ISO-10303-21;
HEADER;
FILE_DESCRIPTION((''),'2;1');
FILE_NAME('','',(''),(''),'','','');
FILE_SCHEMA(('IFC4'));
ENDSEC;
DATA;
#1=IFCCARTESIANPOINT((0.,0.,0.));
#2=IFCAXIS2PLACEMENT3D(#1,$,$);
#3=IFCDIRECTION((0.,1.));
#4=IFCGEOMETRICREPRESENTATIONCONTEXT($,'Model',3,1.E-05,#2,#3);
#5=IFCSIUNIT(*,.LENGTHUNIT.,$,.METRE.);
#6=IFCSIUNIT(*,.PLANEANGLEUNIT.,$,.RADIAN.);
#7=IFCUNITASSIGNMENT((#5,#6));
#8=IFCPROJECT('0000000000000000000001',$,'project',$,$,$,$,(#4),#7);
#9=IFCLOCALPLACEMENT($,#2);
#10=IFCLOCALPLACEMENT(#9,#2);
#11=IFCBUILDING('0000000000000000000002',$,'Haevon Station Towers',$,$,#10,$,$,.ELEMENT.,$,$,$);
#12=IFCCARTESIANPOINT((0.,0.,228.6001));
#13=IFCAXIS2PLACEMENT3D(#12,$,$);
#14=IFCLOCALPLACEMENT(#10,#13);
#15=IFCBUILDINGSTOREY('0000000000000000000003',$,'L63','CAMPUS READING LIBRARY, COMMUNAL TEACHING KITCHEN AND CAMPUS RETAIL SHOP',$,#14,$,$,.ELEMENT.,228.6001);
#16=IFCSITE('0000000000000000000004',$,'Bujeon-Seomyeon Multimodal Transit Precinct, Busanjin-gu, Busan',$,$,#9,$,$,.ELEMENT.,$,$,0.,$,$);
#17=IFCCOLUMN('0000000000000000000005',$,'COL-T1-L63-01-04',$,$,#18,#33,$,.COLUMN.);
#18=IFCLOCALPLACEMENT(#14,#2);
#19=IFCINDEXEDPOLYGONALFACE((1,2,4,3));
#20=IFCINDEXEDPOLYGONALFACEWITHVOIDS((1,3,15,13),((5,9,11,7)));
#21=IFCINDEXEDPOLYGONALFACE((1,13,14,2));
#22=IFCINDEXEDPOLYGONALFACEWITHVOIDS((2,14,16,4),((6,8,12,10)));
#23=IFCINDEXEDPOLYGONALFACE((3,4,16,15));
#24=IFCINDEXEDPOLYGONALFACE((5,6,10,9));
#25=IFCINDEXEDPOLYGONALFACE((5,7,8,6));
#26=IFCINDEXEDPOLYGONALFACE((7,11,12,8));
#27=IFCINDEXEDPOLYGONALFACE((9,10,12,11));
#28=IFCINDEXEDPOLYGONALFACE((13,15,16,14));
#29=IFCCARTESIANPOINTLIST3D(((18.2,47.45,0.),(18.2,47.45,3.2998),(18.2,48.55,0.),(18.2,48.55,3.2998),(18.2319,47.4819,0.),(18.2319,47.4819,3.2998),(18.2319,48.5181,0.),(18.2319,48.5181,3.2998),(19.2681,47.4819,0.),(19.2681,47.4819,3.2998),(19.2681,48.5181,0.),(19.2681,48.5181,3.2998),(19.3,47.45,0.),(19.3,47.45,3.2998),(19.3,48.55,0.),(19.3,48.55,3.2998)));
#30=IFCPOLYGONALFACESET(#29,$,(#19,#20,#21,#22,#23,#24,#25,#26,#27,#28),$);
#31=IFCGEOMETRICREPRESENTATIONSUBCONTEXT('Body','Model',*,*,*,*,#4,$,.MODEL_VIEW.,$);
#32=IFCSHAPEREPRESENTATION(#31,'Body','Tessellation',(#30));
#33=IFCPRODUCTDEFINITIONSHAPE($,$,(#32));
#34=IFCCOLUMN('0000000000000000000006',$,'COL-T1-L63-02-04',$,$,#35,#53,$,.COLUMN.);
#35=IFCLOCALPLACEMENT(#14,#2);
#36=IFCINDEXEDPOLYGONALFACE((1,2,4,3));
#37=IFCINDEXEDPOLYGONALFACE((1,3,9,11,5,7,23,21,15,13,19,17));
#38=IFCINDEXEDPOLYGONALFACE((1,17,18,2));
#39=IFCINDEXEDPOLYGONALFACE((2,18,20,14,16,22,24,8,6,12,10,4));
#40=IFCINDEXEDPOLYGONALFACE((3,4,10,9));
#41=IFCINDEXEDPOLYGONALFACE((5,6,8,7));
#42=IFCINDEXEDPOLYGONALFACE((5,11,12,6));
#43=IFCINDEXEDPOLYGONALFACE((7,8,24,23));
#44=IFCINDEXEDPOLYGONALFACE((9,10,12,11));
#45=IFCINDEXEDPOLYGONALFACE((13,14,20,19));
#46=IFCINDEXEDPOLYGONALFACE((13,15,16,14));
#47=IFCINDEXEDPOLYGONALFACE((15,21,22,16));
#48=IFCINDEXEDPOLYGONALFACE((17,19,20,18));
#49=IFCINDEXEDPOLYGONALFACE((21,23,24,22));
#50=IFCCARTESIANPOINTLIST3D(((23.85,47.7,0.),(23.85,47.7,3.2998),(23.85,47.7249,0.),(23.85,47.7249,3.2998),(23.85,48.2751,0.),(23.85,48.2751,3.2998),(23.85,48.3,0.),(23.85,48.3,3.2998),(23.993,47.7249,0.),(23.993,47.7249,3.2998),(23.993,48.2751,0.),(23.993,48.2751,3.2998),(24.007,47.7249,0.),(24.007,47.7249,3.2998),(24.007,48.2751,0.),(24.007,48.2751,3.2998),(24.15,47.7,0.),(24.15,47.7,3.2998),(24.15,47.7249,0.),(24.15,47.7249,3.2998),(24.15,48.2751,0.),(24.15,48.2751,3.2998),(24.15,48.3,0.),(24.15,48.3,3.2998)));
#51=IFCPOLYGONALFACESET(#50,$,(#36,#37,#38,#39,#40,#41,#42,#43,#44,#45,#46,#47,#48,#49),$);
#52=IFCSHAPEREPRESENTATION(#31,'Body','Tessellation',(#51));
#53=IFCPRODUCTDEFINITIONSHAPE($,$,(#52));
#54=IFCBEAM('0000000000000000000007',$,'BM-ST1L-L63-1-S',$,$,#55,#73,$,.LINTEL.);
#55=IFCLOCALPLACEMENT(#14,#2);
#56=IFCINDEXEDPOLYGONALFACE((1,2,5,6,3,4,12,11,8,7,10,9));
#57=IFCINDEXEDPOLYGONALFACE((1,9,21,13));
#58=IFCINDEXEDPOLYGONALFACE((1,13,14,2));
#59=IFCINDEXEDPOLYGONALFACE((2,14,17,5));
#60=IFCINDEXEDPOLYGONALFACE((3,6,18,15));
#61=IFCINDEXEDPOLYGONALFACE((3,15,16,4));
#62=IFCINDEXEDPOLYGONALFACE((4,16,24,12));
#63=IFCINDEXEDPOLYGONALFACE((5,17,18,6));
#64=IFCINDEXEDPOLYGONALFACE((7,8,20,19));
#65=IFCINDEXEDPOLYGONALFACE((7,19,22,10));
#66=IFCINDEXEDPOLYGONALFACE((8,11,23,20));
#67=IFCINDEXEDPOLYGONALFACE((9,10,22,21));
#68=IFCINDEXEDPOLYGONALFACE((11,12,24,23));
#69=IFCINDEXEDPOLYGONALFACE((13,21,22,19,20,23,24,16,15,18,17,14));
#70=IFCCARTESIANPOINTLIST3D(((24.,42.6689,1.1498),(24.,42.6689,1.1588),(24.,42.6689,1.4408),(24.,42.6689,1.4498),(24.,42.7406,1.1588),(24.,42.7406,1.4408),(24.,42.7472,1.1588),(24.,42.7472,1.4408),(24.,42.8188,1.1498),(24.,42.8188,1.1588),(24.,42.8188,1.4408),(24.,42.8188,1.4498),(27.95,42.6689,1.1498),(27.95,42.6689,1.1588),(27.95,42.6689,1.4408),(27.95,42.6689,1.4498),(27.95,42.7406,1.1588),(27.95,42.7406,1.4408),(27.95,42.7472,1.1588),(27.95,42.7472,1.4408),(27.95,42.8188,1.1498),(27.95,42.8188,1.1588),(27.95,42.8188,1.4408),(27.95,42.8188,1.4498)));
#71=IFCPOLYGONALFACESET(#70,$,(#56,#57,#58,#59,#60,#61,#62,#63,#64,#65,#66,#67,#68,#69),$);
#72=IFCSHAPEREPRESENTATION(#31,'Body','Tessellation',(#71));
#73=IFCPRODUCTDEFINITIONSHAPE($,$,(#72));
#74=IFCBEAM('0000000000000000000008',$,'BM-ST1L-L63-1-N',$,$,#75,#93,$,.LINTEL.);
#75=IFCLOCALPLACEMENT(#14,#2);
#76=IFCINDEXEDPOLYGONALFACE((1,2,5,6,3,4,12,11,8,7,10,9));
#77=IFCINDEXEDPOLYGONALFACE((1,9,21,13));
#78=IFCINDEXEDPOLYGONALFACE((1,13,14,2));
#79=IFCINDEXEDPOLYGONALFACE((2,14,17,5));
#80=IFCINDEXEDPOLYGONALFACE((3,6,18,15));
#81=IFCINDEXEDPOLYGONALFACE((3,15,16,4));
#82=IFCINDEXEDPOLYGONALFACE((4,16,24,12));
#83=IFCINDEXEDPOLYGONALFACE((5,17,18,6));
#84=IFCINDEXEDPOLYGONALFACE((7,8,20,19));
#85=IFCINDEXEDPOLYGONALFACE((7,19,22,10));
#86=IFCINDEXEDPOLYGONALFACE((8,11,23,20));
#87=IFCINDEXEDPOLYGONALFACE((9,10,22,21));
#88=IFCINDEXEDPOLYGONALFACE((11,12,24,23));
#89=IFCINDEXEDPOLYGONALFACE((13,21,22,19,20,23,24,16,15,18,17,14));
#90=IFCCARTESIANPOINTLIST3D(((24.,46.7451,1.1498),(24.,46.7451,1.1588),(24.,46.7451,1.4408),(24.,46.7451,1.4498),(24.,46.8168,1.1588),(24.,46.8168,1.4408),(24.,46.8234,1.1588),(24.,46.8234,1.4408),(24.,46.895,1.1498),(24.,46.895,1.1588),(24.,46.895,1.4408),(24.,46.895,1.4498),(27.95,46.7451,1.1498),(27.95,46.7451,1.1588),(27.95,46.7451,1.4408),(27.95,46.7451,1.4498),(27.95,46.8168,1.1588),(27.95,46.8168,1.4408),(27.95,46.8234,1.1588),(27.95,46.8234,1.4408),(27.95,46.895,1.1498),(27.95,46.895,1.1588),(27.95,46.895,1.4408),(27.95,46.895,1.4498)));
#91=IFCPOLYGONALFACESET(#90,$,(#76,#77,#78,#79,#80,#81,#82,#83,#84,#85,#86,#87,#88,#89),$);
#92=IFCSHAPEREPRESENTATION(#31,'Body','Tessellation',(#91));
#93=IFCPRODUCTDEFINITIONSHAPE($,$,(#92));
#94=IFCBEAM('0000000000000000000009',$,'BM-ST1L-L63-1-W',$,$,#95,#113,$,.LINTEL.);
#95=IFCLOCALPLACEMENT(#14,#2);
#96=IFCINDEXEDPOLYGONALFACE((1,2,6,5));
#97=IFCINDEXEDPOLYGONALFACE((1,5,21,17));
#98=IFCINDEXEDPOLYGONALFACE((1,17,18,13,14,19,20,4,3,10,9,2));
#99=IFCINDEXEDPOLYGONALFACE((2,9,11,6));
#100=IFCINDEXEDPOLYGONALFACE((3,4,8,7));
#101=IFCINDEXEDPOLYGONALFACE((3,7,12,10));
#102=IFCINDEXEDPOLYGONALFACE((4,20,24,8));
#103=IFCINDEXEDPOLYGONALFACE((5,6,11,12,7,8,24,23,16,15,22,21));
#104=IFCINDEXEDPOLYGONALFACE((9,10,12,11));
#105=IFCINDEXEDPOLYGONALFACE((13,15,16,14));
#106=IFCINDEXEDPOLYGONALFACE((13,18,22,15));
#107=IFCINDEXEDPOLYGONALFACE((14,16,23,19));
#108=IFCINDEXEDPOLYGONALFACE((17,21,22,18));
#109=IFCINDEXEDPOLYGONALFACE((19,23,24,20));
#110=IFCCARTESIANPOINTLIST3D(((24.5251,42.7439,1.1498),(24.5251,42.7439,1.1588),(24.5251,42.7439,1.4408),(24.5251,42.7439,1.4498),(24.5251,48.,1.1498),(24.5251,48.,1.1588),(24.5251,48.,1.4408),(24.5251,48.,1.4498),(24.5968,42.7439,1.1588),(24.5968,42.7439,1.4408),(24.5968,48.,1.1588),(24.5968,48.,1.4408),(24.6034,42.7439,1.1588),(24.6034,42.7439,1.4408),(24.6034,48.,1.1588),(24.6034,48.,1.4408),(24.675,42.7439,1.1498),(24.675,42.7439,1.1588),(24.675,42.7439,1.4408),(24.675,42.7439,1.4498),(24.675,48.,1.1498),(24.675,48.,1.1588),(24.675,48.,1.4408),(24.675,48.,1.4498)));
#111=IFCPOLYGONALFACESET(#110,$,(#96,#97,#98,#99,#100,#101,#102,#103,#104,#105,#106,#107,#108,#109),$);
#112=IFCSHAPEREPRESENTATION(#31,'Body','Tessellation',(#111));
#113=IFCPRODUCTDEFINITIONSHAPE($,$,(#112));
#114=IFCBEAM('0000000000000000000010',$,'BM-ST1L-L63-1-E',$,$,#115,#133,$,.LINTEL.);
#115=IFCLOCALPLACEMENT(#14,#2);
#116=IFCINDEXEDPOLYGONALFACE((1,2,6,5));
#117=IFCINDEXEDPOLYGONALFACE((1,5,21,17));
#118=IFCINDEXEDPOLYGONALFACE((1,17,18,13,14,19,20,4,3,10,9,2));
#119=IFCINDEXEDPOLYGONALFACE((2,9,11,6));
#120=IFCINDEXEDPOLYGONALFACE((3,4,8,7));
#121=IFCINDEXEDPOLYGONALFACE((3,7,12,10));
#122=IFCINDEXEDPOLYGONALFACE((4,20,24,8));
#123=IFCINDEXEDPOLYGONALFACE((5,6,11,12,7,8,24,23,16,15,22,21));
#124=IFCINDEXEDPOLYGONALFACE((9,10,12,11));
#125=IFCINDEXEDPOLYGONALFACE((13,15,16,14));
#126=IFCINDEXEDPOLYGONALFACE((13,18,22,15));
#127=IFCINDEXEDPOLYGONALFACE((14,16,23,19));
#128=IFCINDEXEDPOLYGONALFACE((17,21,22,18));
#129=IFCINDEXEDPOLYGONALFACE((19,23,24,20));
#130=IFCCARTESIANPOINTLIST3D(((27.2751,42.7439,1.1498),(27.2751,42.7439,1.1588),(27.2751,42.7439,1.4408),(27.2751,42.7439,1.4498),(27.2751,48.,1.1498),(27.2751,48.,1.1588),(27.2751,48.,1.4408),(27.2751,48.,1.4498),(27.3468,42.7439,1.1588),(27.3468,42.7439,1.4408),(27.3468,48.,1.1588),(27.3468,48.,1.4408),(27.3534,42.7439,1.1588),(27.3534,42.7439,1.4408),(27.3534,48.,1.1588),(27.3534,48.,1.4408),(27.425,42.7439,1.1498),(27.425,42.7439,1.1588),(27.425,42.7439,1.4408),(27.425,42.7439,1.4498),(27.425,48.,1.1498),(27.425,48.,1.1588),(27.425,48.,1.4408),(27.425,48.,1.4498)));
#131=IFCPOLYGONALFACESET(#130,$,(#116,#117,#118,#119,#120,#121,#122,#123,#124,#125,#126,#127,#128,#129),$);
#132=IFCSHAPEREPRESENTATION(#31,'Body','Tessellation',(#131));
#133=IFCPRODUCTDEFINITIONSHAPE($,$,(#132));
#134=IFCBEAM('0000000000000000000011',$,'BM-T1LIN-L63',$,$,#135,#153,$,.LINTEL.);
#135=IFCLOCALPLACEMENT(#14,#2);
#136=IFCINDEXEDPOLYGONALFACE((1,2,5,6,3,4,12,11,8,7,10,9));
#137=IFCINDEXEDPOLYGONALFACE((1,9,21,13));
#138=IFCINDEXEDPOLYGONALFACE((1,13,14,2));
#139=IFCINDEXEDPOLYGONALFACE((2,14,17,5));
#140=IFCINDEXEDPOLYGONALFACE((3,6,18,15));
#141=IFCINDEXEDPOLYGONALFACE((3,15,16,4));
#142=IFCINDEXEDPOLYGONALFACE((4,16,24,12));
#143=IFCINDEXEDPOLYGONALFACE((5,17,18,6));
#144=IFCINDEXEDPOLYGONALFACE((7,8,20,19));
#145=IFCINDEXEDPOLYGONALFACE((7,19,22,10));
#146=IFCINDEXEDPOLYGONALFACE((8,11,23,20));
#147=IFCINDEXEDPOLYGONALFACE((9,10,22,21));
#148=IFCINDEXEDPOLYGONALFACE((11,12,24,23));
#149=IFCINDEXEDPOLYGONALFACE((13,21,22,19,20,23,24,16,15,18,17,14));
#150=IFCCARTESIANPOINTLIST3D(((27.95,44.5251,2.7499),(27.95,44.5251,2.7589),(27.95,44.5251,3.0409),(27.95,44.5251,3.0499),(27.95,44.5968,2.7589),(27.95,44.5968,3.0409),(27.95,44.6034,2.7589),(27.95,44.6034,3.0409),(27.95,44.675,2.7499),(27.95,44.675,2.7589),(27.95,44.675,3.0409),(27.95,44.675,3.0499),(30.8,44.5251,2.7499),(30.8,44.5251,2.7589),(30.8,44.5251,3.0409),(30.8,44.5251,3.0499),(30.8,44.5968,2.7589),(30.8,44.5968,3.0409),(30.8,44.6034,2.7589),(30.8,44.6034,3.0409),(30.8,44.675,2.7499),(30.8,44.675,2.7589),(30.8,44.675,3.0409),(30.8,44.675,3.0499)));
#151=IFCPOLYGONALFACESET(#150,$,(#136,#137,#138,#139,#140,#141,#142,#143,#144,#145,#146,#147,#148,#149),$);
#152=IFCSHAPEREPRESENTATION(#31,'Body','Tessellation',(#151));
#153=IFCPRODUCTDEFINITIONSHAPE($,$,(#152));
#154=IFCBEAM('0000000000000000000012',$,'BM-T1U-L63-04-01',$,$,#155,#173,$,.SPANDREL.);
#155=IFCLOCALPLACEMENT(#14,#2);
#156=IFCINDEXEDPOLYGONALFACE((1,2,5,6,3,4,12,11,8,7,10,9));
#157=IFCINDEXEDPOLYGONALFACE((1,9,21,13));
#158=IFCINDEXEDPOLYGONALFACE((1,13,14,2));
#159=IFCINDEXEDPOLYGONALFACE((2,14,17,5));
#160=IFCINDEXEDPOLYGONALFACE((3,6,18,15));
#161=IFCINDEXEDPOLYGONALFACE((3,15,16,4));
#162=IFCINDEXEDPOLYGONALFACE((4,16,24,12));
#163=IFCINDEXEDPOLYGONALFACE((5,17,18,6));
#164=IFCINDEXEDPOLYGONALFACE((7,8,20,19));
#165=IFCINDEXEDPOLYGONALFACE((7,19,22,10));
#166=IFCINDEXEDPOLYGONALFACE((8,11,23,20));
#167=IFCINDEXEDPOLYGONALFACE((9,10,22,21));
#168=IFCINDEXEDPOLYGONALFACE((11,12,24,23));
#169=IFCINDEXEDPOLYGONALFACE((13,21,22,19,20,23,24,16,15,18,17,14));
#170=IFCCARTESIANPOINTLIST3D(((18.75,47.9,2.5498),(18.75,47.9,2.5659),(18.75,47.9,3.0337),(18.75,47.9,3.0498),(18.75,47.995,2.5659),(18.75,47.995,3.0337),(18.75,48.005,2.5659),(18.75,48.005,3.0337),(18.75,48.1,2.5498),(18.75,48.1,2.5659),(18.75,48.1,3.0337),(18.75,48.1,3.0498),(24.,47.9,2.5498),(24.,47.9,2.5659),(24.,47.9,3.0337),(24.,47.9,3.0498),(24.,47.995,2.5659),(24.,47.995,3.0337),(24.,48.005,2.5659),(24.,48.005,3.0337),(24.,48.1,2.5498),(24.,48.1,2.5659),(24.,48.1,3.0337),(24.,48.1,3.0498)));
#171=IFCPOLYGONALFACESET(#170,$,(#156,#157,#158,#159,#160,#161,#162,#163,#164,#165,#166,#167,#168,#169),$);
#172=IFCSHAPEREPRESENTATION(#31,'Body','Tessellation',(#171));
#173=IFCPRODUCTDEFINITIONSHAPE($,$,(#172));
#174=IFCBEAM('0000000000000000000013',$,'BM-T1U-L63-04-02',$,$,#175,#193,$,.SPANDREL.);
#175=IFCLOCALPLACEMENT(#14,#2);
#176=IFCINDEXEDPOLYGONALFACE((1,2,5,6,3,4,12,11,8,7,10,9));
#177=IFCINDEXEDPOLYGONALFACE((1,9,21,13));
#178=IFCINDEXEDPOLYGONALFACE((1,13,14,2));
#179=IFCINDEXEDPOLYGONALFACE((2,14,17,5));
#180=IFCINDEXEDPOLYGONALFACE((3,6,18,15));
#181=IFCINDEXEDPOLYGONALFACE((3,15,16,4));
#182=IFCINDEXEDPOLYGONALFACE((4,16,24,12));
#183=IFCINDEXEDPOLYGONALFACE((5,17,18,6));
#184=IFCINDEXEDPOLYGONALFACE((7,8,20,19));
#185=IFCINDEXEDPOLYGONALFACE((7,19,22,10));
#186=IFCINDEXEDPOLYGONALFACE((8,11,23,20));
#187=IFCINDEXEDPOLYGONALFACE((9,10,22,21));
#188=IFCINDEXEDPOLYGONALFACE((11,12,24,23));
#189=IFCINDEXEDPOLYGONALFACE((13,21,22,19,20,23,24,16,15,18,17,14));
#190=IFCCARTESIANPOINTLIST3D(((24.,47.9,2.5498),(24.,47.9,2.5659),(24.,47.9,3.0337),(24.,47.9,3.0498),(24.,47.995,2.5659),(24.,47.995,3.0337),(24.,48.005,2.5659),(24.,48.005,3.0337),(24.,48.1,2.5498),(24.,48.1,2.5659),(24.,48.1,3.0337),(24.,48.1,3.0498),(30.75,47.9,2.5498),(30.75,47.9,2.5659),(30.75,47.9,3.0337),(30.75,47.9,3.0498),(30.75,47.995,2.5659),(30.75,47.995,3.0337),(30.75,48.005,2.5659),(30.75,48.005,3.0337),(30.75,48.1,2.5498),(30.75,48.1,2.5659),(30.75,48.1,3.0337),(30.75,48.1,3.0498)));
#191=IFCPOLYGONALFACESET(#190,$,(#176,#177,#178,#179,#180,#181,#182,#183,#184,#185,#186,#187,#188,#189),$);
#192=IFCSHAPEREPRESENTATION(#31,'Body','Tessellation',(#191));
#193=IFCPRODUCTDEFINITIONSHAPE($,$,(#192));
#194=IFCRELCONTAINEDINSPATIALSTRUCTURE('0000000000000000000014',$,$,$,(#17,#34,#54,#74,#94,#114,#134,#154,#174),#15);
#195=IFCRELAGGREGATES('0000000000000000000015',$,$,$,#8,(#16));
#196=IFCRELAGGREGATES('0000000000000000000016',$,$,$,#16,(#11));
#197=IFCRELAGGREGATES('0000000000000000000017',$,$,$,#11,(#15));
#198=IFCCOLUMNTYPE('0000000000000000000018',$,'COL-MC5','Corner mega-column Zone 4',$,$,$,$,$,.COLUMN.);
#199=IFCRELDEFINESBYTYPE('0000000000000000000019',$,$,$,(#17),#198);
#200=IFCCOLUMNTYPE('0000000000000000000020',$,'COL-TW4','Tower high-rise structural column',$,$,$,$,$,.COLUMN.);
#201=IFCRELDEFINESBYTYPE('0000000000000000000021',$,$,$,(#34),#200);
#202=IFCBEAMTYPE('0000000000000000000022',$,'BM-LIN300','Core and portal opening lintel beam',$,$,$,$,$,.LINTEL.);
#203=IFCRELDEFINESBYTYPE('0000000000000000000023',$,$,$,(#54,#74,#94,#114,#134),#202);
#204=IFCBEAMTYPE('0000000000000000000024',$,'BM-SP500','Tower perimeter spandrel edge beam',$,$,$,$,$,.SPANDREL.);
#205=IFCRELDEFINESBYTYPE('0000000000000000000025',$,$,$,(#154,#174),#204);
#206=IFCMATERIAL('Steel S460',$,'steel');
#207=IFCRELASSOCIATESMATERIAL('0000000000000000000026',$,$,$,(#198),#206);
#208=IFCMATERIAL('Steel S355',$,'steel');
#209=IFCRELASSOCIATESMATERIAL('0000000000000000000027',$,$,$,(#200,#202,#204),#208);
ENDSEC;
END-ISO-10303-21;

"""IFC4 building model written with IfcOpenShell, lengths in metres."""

from ifc_helpers import new_model, si_unit, direction, frame, origin, origin_2d, place, context, subcontext, project, spatial, hollow_rectangle, i_section, extrude, material, material_profile, profile_set, type_object, element, save


model = new_model("IFC4")

# Units and contexts
model_context = context("Model", 3, precision=1e-05, world=origin(), true_north=direction((0.0, 1.0)))
body_context = subcontext(model_context, "Body", "Model", "MODEL_VIEW")
ifc_project = project(units=[si_unit("LENGTHUNIT", "METRE"), si_unit("PLANEANGLEUNIT", "RADIAN")], contexts=[model_context])

# Site, building, storey
site_placement = place(None, origin())
site = spatial("IfcSite", under=ifc_project, at=site_placement, Name="Bujeon-Seomyeon Multimodal Transit Precinct, Busanjin-gu, Busan", CompositionType="ELEMENT", RefElevation=0.0)
building_placement = place(site_placement, origin())
building = spatial("IfcBuilding", under=site, at=building_placement, Name="Haevon Station Towers", CompositionType="ELEMENT")
storey_placement = place(building_placement, frame((0.0, 0.0, 228.6001)))
storey = spatial("IfcBuildingStorey", under=building, at=storey_placement, Name="L63", Description="CAMPUS READING LIBRARY, COMMUNAL TEACHING KITCHEN AND CAMPUS RETAIL SHOP", CompositionType="ELEMENT", Elevation=228.6001)

# Columns
ifc_material_1 = material(Name="Steel S460", Category="steel")
ifc_material_profile_1 = material_profile(ifc_material_1, hollow_rectangle(XDim=1.1001, YDim=1.1001, WallThickness=0.032, at=origin_2d()), Name="BOX-1100x1100x32")
ifc_profile_set_1 = profile_set([ifc_material_profile_1], Name="Steel S460")
column_type_1 = type_object("IfcColumnType", Name="COL-MC5", Description="Corner mega-column Zone 4", PredefinedType="COLUMN", material=ifc_profile_set_1)
column_1_placement = place(storey_placement, frame((18.75, 48.0, 0.0), z_axis=(0.0, 0.0, 1.0), x_axis=(1.0, 0.0, 0.0)))
element("IfcColumn", 1, at=column_1_placement, inside=storey, type_object=column_type_1, Name="COL-T1-L63-01-04", PredefinedType="COLUMN", context=body_context, shape_type="SweptSolid", body=[
    extrude(hollow_rectangle(XDim=1.1001, YDim=1.1001, WallThickness=0.032, at=origin_2d()), origin(), (0.0, 0.0, 1.0), 3.2998),
])
ifc_material_2 = material(Name="Steel S355", Category="steel")
ifc_material_profile_2 = material_profile(ifc_material_2, i_section(OverallWidth=0.3, OverallDepth=0.6001, WebThickness=0.0139, FlangeThickness=0.0249, at=origin_2d()), Name="H-600x300x14x25")
ifc_profile_set_2 = profile_set([ifc_material_profile_2], Name="Steel S355")
column_type_2 = type_object("IfcColumnType", Name="COL-TW4", Description="Tower high-rise structural column", PredefinedType="COLUMN", material=ifc_profile_set_2)
column_2_placement = place(storey_placement, frame((24.0, 48.0, 0.0), z_axis=(0.0, 0.0, 1.0), x_axis=(1.0, 0.0, 0.0)))
element("IfcColumn", 2, at=column_2_placement, inside=storey, type_object=column_type_2, Name="COL-T1-L63-02-04", PredefinedType="COLUMN", context=body_context, shape_type="SweptSolid", body=[
    extrude(i_section(OverallWidth=0.3, OverallDepth=0.6001, WebThickness=0.0139, FlangeThickness=0.0249, at=origin_2d()), origin(), (0.0, 0.0, 1.0), 3.2998),
])

# Beams
ifc_material_profile_3 = material_profile(ifc_material_2, i_section(OverallWidth=0.1499, OverallDepth=0.3, WebThickness=0.0066, FlangeThickness=0.009, at=origin_2d()), Name="H-300x150x6.5x9")
ifc_profile_set_3 = profile_set([ifc_material_profile_3], Name="Steel S355")
beam_type_1 = type_object("IfcBeamType", Name="BM-LIN300", Description="Core and portal opening lintel beam", PredefinedType="LINTEL", material=ifc_profile_set_3)
for number, where, z_axis, x_axis, name in (
    (3, (24.0, 42.7439, 1.2998), (1.0, 0.0, 0.0), (0.0, 1.0, 0.0), "BM-ST1L-L63-1-S"),
    (4, (24.0, 46.8201, 1.2998), (1.0, 0.0, 0.0), (0.0, 1.0, 0.0), "BM-ST1L-L63-1-N"),
):
    element("IfcBeam", number, at=place(storey_placement, frame(where, z_axis=z_axis, x_axis=x_axis)), inside=storey, type_object=beam_type_1, Name=name, PredefinedType="LINTEL", context=body_context, shape_type="SweptSolid", body=[
        extrude(i_section(OverallWidth=0.1499, OverallDepth=0.3, WebThickness=0.0066, FlangeThickness=0.009, at=origin_2d()), origin(), (0.0, 0.0, 1.0), 3.95),
    ])
for number, where, z_axis, x_axis, name in (
    (5, (24.6001, 42.7439, 1.2998), (0.0, 1.0, 0.0), (-1.0, 0.0, 0.0), "BM-ST1L-L63-1-W"),
    (6, (27.3501, 42.7439, 1.2998), (0.0, 1.0, 0.0), (-1.0, 0.0, 0.0), "BM-ST1L-L63-1-E"),
):
    element("IfcBeam", number, at=place(storey_placement, frame(where, z_axis=z_axis, x_axis=x_axis)), inside=storey, type_object=beam_type_1, Name=name, PredefinedType="LINTEL", context=body_context, shape_type="SweptSolid", body=[
        extrude(i_section(OverallWidth=0.1499, OverallDepth=0.3, WebThickness=0.0066, FlangeThickness=0.009, at=origin_2d()), origin(), (0.0, 0.0, 1.0), 5.2561),
    ])
beam_1_placement = place(storey_placement, frame((27.95, 44.6001, 2.8999), z_axis=(1.0, 0.0, 0.0), x_axis=(0.0, 1.0, 0.0)))
element("IfcBeam", 7, at=beam_1_placement, inside=storey, type_object=beam_type_1, Name="BM-T1LIN-L63", PredefinedType="LINTEL", context=body_context, shape_type="SweptSolid", body=[
    extrude(i_section(OverallWidth=0.1499, OverallDepth=0.3, WebThickness=0.0066, FlangeThickness=0.009, at=origin_2d()), origin(), (0.0, 0.0, 1.0), 2.8501),
])
ifc_material_profile_4 = material_profile(ifc_material_2, i_section(OverallWidth=0.2, OverallDepth=0.5, WebThickness=0.01, FlangeThickness=0.0161, at=origin_2d()), Name="H-500x200x10x16")
ifc_profile_set_4 = profile_set([ifc_material_profile_4], Name="Steel S355")
beam_type_2 = type_object("IfcBeamType", Name="BM-SP500", Description="Tower perimeter spandrel edge beam", PredefinedType="SPANDREL", material=ifc_profile_set_4)
beam_2_placement = place(storey_placement, frame((18.75, 48.0, 2.7998), z_axis=(1.0, 0.0, 0.0), x_axis=(0.0, 1.0, 0.0)))
element("IfcBeam", 8, at=beam_2_placement, inside=storey, type_object=beam_type_2, Name="BM-T1U-L63-04-01", PredefinedType="SPANDREL", context=body_context, shape_type="SweptSolid", body=[
    extrude(i_section(OverallWidth=0.2, OverallDepth=0.5, WebThickness=0.01, FlangeThickness=0.0161, at=origin_2d()), origin(), (0.0, 0.0, 1.0), 5.25),
])
beam_3_placement = place(storey_placement, frame((24.0, 48.0, 2.7998), z_axis=(1.0, 0.0, 0.0), x_axis=(0.0, 1.0, 0.0)))
element("IfcBeam", 9, at=beam_3_placement, inside=storey, type_object=beam_type_2, Name="BM-T1U-L63-04-02", PredefinedType="SPANDREL", context=body_context, shape_type="SweptSolid", body=[
    extrude(i_section(OverallWidth=0.2, OverallDepth=0.5, WebThickness=0.01, FlangeThickness=0.0161, at=origin_2d()), origin(), (0.0, 0.0, 1.0), 6.75),
])

save(model, "model.ifc")
